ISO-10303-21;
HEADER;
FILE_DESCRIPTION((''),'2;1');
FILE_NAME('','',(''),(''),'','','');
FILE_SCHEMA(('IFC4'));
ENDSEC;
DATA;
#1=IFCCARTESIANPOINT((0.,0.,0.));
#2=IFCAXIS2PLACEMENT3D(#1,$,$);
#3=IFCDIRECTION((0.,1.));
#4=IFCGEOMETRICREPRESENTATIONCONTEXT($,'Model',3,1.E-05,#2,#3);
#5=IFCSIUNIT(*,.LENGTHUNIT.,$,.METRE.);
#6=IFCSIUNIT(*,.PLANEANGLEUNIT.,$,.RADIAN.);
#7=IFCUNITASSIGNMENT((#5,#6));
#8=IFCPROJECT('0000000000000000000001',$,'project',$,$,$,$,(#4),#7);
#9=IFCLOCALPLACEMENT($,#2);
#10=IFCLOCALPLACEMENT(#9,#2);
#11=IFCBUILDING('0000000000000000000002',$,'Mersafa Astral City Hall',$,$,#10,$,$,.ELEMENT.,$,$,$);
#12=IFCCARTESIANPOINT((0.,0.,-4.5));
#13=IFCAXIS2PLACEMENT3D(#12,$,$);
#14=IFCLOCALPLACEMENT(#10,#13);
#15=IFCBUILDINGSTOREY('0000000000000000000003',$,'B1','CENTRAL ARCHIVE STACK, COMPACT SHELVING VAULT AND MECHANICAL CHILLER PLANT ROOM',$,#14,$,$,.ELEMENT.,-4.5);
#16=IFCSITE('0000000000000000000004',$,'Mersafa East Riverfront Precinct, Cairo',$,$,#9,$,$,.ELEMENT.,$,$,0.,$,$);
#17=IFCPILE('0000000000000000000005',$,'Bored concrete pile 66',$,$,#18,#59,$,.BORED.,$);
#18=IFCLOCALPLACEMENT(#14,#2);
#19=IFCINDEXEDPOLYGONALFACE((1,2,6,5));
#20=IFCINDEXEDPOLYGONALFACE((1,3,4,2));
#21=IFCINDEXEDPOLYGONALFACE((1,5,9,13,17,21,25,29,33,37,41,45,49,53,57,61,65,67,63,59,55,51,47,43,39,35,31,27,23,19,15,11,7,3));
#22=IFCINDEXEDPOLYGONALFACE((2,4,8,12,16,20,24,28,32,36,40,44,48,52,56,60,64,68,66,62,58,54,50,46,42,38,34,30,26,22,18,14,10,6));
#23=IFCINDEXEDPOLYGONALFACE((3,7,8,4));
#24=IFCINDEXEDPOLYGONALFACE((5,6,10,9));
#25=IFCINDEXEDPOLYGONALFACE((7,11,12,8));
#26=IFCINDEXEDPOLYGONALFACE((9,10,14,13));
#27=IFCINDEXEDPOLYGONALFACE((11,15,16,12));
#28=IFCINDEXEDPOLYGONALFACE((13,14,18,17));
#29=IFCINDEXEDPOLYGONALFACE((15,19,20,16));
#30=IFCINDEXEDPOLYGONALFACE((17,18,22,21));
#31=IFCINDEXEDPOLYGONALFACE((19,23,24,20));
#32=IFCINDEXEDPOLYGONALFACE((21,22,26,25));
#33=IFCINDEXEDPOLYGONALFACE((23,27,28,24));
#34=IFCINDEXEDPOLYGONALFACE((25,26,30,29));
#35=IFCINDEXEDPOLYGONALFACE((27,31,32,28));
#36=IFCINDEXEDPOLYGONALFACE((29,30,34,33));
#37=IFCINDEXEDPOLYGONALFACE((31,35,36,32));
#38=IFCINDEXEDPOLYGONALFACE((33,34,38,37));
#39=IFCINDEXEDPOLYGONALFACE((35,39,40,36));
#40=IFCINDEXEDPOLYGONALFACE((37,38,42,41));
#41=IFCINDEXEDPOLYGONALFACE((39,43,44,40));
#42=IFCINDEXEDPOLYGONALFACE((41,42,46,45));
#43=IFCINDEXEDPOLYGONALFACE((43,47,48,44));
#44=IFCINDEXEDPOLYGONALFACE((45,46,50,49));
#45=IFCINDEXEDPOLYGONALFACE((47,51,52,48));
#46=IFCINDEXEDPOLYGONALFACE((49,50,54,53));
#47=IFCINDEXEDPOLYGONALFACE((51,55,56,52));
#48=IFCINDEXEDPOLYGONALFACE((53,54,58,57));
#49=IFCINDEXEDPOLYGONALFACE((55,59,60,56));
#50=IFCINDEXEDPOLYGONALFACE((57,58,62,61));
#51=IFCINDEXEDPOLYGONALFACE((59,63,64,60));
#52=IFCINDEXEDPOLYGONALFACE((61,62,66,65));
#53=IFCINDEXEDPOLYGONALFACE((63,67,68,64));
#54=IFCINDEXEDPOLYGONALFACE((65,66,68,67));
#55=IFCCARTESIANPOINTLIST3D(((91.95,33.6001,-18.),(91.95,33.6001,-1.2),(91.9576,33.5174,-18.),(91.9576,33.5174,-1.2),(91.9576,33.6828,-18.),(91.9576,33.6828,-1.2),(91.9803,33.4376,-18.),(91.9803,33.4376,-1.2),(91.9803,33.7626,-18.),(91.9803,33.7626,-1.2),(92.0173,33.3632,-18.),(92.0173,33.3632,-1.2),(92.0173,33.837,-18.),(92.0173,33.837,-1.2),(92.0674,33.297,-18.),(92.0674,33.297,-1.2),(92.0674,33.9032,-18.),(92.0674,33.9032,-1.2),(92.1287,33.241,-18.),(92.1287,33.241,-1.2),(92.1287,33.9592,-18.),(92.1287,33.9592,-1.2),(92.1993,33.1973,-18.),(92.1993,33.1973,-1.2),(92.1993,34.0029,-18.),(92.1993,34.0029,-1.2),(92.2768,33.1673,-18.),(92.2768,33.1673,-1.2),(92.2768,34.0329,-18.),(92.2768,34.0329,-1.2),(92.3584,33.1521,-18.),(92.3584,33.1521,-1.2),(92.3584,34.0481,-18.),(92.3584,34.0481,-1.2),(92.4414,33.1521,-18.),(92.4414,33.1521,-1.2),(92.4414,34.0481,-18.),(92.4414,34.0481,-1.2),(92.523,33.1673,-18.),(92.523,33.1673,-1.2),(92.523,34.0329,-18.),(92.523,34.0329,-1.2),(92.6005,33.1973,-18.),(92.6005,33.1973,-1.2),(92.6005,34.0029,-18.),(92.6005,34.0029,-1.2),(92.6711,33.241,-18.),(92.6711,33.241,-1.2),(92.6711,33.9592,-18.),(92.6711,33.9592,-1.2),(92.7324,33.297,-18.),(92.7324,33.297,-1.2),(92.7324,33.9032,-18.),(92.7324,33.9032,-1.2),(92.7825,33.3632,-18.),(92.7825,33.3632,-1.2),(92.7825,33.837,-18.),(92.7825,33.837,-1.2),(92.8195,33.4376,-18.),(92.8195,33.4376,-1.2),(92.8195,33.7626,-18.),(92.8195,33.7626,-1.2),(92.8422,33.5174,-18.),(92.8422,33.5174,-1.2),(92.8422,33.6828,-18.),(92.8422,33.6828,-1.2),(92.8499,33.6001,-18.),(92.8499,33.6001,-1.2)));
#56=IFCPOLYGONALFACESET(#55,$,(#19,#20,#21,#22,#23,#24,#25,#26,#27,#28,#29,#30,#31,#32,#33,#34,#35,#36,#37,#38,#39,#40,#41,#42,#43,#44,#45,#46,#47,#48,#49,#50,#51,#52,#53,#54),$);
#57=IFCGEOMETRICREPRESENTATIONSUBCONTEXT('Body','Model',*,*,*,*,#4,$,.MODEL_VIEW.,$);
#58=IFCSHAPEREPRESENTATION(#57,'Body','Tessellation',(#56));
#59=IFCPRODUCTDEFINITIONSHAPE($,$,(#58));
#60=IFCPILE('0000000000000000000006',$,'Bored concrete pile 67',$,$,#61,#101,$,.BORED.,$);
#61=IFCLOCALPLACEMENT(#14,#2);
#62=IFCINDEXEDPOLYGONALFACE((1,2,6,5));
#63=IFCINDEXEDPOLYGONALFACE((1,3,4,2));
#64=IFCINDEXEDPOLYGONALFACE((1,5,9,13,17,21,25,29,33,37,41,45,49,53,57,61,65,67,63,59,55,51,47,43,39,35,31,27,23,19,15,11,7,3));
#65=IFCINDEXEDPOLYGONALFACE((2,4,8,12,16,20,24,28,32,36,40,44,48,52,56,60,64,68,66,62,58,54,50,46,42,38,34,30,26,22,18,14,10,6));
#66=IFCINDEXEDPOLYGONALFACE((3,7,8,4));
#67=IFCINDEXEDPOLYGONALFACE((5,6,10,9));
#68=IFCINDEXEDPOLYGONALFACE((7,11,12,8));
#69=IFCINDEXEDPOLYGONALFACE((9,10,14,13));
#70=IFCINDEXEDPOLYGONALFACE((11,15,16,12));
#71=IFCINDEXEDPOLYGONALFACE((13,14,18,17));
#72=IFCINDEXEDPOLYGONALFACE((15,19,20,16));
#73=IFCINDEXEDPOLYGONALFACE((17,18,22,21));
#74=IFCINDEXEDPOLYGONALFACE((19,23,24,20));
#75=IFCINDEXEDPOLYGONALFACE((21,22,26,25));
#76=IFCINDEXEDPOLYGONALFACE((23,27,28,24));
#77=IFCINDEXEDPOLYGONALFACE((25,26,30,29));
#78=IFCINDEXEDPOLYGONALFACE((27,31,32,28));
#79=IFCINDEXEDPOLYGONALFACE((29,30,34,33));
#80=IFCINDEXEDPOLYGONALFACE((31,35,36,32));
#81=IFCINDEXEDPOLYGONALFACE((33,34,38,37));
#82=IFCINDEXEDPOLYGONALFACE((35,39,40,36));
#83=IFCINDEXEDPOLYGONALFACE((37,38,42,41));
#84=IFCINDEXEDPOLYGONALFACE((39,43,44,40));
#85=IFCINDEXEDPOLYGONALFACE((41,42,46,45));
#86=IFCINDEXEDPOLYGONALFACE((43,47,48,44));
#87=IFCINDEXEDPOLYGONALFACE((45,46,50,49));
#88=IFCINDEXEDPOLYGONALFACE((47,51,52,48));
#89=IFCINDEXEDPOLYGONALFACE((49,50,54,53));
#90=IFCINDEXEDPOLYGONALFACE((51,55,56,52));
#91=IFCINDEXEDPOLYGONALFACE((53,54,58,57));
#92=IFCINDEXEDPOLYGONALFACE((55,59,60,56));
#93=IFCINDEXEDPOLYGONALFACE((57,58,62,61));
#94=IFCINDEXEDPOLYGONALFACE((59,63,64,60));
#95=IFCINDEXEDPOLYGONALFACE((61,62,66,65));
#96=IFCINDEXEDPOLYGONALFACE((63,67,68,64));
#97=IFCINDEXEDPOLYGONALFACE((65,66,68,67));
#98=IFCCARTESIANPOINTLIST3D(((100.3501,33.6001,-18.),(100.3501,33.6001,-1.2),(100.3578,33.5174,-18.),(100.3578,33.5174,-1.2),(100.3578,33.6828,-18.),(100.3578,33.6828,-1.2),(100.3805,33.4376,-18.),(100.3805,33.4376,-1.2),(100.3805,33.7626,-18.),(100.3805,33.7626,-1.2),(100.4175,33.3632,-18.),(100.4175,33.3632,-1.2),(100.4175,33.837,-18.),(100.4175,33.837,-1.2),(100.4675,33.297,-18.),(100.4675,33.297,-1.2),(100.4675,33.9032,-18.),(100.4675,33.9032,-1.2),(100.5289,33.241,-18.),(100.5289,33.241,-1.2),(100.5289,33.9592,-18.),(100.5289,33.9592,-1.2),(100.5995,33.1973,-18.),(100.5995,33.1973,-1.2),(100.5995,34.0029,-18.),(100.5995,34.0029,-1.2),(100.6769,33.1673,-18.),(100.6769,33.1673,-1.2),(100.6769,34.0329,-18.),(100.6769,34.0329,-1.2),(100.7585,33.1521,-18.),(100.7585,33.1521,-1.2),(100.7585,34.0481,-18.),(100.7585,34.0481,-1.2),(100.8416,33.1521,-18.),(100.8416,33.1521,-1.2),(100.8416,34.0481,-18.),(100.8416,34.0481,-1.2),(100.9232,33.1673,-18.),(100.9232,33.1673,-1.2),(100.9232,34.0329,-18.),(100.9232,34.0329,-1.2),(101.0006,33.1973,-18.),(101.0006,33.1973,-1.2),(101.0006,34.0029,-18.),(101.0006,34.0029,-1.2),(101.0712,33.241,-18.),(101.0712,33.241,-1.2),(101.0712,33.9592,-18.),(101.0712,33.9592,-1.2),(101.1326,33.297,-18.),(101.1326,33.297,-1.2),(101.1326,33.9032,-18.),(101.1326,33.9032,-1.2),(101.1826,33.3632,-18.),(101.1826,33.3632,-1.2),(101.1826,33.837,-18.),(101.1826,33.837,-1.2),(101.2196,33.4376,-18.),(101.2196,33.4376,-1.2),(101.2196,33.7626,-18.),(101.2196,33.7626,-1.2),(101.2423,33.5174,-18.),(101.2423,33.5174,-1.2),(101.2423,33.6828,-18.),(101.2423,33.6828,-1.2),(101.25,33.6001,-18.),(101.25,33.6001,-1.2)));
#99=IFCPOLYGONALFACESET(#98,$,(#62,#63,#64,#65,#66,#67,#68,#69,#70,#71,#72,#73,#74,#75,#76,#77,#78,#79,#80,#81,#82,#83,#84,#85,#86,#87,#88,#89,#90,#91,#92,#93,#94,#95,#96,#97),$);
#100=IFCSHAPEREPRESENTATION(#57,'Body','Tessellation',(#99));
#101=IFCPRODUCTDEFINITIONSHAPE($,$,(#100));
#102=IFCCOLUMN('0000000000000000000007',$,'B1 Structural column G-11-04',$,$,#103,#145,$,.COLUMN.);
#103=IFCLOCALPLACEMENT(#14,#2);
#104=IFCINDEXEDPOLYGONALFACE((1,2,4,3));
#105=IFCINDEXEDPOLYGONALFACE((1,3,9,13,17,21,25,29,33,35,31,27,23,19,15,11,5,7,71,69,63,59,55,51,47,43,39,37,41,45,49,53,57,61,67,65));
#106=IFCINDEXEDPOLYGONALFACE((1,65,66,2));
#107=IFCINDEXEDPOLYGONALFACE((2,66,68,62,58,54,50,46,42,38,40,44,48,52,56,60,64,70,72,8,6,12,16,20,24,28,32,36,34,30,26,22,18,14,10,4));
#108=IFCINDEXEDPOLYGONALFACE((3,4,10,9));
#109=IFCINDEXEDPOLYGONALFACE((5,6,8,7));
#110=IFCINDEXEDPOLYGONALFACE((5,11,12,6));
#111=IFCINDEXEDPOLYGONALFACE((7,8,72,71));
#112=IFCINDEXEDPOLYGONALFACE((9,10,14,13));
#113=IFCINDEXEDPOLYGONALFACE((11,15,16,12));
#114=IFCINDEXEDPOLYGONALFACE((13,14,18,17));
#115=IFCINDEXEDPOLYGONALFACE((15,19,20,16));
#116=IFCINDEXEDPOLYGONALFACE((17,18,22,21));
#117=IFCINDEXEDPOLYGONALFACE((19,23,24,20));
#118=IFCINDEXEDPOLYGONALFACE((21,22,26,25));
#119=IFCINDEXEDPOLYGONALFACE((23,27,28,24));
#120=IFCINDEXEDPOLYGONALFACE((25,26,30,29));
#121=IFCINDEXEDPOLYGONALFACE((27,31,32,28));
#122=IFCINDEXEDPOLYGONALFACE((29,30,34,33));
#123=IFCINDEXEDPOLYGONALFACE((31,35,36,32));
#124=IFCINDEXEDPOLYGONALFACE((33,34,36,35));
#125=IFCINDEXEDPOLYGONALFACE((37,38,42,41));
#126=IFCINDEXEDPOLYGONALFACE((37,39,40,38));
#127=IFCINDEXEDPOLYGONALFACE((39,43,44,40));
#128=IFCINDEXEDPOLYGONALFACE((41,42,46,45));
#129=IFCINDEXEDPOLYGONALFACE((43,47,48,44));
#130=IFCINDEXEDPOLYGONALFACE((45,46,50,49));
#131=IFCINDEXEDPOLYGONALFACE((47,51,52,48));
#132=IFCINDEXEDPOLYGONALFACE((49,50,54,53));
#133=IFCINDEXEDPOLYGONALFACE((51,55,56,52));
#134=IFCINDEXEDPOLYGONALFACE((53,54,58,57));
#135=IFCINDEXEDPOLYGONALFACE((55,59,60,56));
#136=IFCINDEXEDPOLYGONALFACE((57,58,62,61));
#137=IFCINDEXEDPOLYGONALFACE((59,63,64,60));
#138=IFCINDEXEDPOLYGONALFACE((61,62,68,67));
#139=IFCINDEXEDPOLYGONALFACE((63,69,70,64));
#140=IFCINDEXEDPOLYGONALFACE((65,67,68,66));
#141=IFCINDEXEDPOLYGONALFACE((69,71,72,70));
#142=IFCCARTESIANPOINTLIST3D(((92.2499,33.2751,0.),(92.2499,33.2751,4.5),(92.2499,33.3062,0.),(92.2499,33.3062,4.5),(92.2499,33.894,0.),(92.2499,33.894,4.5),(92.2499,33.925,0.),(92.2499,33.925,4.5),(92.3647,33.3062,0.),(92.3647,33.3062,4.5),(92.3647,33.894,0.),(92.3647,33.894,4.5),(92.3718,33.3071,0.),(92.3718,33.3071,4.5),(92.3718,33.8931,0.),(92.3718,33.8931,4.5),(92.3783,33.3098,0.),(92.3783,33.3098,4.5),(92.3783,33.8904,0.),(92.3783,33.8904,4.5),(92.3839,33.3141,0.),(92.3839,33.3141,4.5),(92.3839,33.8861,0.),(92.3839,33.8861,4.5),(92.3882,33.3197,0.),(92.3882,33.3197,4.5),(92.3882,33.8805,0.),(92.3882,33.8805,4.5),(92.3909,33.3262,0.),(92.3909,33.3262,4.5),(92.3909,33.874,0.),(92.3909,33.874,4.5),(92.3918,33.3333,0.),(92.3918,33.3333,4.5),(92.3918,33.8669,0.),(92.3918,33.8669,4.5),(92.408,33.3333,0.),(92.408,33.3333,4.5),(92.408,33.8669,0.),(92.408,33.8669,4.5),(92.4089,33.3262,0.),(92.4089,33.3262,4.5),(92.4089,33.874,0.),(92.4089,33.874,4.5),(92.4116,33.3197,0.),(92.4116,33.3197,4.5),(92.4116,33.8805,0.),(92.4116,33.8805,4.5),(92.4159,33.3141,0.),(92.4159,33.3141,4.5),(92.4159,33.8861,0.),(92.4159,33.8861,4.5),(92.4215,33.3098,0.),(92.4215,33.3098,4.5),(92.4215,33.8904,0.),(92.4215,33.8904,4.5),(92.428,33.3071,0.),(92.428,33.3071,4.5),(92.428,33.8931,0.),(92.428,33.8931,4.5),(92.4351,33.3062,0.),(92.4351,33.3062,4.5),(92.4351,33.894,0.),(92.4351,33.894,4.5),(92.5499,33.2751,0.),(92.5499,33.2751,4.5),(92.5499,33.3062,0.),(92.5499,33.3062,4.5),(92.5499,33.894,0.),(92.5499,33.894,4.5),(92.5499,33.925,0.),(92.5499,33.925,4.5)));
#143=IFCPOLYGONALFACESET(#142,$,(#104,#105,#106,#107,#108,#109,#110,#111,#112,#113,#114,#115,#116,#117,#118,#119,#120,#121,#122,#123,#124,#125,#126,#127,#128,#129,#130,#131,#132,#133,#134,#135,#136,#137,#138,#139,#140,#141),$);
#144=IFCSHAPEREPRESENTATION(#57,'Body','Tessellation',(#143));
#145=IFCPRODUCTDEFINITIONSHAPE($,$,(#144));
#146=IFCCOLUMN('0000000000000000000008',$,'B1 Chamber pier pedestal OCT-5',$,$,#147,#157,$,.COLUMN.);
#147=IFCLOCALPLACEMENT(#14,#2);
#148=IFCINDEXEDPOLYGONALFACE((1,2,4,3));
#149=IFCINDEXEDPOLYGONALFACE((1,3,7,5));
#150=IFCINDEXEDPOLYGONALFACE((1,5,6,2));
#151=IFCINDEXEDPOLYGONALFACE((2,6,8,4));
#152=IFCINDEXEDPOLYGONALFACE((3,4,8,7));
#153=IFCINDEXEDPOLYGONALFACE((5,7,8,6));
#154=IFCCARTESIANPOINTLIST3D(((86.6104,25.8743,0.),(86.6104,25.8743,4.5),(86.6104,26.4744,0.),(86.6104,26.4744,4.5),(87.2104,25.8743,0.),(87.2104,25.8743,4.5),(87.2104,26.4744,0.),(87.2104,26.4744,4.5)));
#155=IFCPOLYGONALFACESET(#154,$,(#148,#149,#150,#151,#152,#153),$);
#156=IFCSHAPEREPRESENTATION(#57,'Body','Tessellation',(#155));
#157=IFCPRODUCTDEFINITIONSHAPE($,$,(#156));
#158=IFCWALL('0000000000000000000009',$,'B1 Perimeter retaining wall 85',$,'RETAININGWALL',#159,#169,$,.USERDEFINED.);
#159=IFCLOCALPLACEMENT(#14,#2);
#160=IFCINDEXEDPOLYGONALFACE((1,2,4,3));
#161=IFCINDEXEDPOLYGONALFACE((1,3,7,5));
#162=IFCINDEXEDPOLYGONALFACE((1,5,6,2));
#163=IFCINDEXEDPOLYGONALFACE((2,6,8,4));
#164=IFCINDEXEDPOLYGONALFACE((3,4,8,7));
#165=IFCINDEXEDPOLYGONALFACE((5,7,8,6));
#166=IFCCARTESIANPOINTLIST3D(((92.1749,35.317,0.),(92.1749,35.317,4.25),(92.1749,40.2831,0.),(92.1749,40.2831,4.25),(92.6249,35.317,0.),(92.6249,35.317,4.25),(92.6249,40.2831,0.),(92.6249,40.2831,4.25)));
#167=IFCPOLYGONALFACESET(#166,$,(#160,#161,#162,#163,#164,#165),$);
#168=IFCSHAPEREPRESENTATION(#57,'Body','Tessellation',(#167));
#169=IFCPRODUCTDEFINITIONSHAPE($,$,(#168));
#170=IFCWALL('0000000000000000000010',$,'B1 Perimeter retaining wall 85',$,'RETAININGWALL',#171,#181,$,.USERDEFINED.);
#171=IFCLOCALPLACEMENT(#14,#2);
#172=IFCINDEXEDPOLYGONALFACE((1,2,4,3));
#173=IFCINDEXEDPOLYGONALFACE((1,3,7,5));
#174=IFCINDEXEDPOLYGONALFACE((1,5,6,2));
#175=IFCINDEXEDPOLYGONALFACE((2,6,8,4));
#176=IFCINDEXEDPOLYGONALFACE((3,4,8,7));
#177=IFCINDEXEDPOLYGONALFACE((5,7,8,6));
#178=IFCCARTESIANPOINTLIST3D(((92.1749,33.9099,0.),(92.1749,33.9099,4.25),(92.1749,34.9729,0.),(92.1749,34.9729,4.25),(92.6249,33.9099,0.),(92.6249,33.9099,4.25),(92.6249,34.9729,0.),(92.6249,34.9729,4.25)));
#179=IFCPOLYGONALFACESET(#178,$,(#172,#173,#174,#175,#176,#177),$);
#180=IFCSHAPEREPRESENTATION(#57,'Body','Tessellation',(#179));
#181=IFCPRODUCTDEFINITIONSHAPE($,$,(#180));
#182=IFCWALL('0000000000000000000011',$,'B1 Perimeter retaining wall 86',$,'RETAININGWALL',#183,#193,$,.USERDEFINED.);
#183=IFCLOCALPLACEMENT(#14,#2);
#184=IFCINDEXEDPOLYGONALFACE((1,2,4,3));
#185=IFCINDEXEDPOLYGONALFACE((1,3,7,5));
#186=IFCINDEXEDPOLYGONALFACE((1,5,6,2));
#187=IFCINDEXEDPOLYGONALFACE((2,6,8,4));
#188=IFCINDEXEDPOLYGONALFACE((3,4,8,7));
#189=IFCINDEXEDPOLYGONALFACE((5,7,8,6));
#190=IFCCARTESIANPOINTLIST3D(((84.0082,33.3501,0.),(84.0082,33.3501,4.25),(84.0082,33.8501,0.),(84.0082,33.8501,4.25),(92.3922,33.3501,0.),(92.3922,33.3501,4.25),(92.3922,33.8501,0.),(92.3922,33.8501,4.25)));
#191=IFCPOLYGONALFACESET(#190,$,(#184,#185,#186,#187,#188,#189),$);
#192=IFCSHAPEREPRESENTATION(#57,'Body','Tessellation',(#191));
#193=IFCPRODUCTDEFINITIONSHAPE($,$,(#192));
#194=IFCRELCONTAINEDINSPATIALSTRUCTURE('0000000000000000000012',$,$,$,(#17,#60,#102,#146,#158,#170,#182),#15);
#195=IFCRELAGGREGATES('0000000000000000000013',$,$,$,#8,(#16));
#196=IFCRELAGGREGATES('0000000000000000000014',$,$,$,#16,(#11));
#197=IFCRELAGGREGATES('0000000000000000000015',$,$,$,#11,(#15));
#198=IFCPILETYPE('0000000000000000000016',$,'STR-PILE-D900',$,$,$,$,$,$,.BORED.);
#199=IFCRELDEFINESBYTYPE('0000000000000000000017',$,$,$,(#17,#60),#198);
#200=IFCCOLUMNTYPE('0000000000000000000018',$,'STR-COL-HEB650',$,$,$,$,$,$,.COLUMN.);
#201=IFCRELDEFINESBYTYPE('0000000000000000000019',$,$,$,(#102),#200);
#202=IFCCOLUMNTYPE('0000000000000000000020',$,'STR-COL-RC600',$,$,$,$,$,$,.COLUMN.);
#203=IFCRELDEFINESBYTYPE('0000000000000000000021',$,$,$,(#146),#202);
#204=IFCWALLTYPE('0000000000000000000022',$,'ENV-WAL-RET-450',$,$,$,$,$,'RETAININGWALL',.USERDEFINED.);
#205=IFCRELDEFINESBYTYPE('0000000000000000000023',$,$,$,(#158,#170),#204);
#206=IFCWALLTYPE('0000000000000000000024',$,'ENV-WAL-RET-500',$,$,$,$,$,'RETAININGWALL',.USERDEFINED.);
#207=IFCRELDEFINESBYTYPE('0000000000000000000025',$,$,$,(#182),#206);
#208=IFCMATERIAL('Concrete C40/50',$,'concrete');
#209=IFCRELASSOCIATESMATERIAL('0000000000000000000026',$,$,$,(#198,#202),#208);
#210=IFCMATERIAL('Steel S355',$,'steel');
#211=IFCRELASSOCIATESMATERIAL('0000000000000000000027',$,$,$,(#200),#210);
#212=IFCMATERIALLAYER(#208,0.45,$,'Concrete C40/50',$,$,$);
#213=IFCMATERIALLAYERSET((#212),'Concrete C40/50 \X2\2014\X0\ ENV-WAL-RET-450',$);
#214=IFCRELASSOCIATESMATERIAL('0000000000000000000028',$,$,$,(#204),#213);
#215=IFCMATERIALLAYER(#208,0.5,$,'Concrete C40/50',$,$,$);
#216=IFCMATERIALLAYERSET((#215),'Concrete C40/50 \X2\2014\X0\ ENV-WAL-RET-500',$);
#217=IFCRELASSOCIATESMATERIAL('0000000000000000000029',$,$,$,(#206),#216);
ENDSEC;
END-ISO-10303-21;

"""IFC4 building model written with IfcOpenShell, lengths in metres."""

from ifc_helpers import new_model, si_unit, direction, frame, frame_2d, origin, origin_2d, place, context, subcontext, project, spatial, rectangle, circle, i_section, extrude, material, layer, layer_set, material_profile, profile_set, type_object, element, save


model = new_model("IFC4")

# Units and contexts
model_context = context("Model", 3, precision=1e-05, world=origin(), true_north=direction((0.0, 1.0)))
body_context = subcontext(model_context, "Body", "Model", "MODEL_VIEW")
ifc_project = project(units=[si_unit("LENGTHUNIT", "METRE"), si_unit("PLANEANGLEUNIT", "RADIAN")], contexts=[model_context])

# Site, building, storey
site_placement = place(None, origin())
site = spatial("IfcSite", under=ifc_project, at=site_placement, Name="Mersafa East Riverfront Precinct, Cairo", CompositionType="ELEMENT", RefElevation=0.0)
building_placement = place(site_placement, origin())
building = spatial("IfcBuilding", under=site, at=building_placement, Name="Mersafa Astral City Hall", CompositionType="ELEMENT")
storey_placement = place(building_placement, frame((0.0, 0.0, -4.5)))
storey = spatial("IfcBuildingStorey", under=building, at=storey_placement, Name="B1", Description="CENTRAL ARCHIVE STACK, COMPACT SHELVING VAULT AND MECHANICAL CHILLER PLANT ROOM", CompositionType="ELEMENT", Elevation=-4.5)

# Shared definitions
ifc_material_1 = material(Name="Concrete C40/50", Category="concrete")

# Piles
ifc_material_profile_1 = material_profile(ifc_material_1, circle(Radius=0.45, at=origin_2d()), Name="PILE D900")
ifc_profile_set_1 = profile_set([ifc_material_profile_1], Name="Concrete C40/50")
pile_type_1 = type_object("IfcPileType", Name="STR-PILE-D900", PredefinedType="BORED", material=ifc_profile_set_1)
for number, where, z_axis, x_axis, name in (
    (1, (92.3999, 33.6001, -1.2), (0.0, 0.0, -1.0), (1.0, 0.0, 0.0), "Bored concrete pile 66"),
    (2, (100.8, 33.6001, -1.2), (0.0, 0.0, -1.0), (1.0, 0.0, 0.0), "Bored concrete pile 67"),
):
    element("IfcPile", number, at=place(storey_placement, frame(where, z_axis=z_axis, x_axis=x_axis)), inside=storey, type_object=pile_type_1, Name=name, PredefinedType="BORED", context=body_context, shape_type="SweptSolid", body=[
        extrude(circle(Radius=0.45, at=origin_2d()), origin(), (0.0, 0.0, 1.0), 16.8),
    ])

# Columns
ifc_material_2 = material(Name="Steel S355", Category="steel")
ifc_material_profile_2 = material_profile(ifc_material_2, i_section(OverallWidth=0.3, OverallDepth=0.6499, WebThickness=0.0161, FlangeThickness=0.031, FilletRadius=0.0271, at=origin_2d()), Name="HEB 650")
ifc_profile_set_2 = profile_set([ifc_material_profile_2], Name="Steel S355")
column_type_1 = type_object("IfcColumnType", Name="STR-COL-HEB650", PredefinedType="COLUMN", material=ifc_profile_set_2)
column_1_placement = place(storey_placement, frame((92.3999, 33.6001, 0.0), z_axis=(0.0, 0.0, 1.0), x_axis=(1.0, 0.0, 0.0)))
element("IfcColumn", 3, at=column_1_placement, inside=storey, type_object=column_type_1, Name="B1 Structural column G-11-04", PredefinedType="COLUMN", context=body_context, shape_type="SweptSolid", body=[
    extrude(i_section(OverallWidth=0.3, OverallDepth=0.6499, WebThickness=0.0161, FlangeThickness=0.031, FilletRadius=0.0271, at=origin_2d()), origin(), (0.0, 0.0, 1.0), 4.5),
])
ifc_material_profile_3 = material_profile(ifc_material_1, rectangle(XDim=0.6001, YDim=0.6001, at=origin_2d()), Name="RC 600x600")
ifc_profile_set_3 = profile_set([ifc_material_profile_3], Name="Concrete C40/50")
column_type_2 = type_object("IfcColumnType", Name="STR-COL-RC600", PredefinedType="COLUMN", material=ifc_profile_set_3)
column_2_placement = place(storey_placement, frame((86.9104, 26.1743, 0.0), z_axis=(0.0, 0.0, 1.0), x_axis=(1.0, 0.0, 0.0)))
element("IfcColumn", 4, at=column_2_placement, inside=storey, type_object=column_type_2, Name="B1 Chamber pier pedestal OCT-5", PredefinedType="COLUMN", context=body_context, shape_type="SweptSolid", body=[
    extrude(rectangle(XDim=0.6001, YDim=0.6001, at=origin_2d()), origin(), (0.0, 0.0, 1.0), 4.5),
])

# Walls
ifc_layer_1 = layer(ifc_material_1, 0.45, Name="Concrete C40/50")
ifc_layer_set_1 = layer_set([ifc_layer_1], Name="Concrete C40/50 — ENV-WAL-RET-450")
wall_type_1 = type_object("IfcWallType", Name="ENV-WAL-RET-450", ElementType="RETAININGWALL", PredefinedType="USERDEFINED", material=ifc_layer_set_1)
wall_1_placement = place(storey_placement, frame((92.3999, 40.283, 0.0), z_axis=(0.0, 0.0, 1.0), x_axis=(0.0, -1.0, 0.0)))
element("IfcWall", 5, at=wall_1_placement, inside=storey, type_object=wall_type_1, Name="B1 Perimeter retaining wall 85", ObjectType="RETAININGWALL", PredefinedType="USERDEFINED", context=body_context, shape_type="SweptSolid", body=[
    extrude(rectangle(XDim=4.9661, YDim=0.45, at=frame_2d((2.4829, 0.0))), origin(), (0.0, 0.0, 1.0), 4.25),
])
wall_2_placement = place(storey_placement, frame((92.3999, 34.9729, 0.0), z_axis=(0.0, 0.0, 1.0), x_axis=(0.0, -1.0, 0.0)))
element("IfcWall", 6, at=wall_2_placement, inside=storey, type_object=wall_type_1, Name="B1 Perimeter retaining wall 85", ObjectType="RETAININGWALL", PredefinedType="USERDEFINED", context=body_context, shape_type="SweptSolid", body=[
    extrude(rectangle(XDim=1.063, YDim=0.45, at=frame_2d((0.5315, 0.0))), origin(), (0.0, 0.0, 1.0), 4.25),
])
ifc_layer_2 = layer(ifc_material_1, 0.5, Name="Concrete C40/50")
ifc_layer_set_2 = layer_set([ifc_layer_2], Name="Concrete C40/50 — ENV-WAL-RET-500")
wall_type_2 = type_object("IfcWallType", Name="ENV-WAL-RET-500", ElementType="RETAININGWALL", PredefinedType="USERDEFINED", material=ifc_layer_set_2)
wall_3_placement = place(storey_placement, frame((92.3921, 33.6001, 0.0), z_axis=(0.0, 0.0, 1.0), x_axis=(-1.0, 0.0, 0.0)))
element("IfcWall", 7, at=wall_3_placement, inside=storey, type_object=wall_type_2, Name="B1 Perimeter retaining wall 86", ObjectType="RETAININGWALL", PredefinedType="USERDEFINED", context=body_context, shape_type="SweptSolid", body=[
    extrude(rectangle(XDim=8.384, YDim=0.5, at=frame_2d((4.1919, 0.0))), origin(), (0.0, 0.0, 1.0), 4.25),
])

save(model, "model.ifc")
